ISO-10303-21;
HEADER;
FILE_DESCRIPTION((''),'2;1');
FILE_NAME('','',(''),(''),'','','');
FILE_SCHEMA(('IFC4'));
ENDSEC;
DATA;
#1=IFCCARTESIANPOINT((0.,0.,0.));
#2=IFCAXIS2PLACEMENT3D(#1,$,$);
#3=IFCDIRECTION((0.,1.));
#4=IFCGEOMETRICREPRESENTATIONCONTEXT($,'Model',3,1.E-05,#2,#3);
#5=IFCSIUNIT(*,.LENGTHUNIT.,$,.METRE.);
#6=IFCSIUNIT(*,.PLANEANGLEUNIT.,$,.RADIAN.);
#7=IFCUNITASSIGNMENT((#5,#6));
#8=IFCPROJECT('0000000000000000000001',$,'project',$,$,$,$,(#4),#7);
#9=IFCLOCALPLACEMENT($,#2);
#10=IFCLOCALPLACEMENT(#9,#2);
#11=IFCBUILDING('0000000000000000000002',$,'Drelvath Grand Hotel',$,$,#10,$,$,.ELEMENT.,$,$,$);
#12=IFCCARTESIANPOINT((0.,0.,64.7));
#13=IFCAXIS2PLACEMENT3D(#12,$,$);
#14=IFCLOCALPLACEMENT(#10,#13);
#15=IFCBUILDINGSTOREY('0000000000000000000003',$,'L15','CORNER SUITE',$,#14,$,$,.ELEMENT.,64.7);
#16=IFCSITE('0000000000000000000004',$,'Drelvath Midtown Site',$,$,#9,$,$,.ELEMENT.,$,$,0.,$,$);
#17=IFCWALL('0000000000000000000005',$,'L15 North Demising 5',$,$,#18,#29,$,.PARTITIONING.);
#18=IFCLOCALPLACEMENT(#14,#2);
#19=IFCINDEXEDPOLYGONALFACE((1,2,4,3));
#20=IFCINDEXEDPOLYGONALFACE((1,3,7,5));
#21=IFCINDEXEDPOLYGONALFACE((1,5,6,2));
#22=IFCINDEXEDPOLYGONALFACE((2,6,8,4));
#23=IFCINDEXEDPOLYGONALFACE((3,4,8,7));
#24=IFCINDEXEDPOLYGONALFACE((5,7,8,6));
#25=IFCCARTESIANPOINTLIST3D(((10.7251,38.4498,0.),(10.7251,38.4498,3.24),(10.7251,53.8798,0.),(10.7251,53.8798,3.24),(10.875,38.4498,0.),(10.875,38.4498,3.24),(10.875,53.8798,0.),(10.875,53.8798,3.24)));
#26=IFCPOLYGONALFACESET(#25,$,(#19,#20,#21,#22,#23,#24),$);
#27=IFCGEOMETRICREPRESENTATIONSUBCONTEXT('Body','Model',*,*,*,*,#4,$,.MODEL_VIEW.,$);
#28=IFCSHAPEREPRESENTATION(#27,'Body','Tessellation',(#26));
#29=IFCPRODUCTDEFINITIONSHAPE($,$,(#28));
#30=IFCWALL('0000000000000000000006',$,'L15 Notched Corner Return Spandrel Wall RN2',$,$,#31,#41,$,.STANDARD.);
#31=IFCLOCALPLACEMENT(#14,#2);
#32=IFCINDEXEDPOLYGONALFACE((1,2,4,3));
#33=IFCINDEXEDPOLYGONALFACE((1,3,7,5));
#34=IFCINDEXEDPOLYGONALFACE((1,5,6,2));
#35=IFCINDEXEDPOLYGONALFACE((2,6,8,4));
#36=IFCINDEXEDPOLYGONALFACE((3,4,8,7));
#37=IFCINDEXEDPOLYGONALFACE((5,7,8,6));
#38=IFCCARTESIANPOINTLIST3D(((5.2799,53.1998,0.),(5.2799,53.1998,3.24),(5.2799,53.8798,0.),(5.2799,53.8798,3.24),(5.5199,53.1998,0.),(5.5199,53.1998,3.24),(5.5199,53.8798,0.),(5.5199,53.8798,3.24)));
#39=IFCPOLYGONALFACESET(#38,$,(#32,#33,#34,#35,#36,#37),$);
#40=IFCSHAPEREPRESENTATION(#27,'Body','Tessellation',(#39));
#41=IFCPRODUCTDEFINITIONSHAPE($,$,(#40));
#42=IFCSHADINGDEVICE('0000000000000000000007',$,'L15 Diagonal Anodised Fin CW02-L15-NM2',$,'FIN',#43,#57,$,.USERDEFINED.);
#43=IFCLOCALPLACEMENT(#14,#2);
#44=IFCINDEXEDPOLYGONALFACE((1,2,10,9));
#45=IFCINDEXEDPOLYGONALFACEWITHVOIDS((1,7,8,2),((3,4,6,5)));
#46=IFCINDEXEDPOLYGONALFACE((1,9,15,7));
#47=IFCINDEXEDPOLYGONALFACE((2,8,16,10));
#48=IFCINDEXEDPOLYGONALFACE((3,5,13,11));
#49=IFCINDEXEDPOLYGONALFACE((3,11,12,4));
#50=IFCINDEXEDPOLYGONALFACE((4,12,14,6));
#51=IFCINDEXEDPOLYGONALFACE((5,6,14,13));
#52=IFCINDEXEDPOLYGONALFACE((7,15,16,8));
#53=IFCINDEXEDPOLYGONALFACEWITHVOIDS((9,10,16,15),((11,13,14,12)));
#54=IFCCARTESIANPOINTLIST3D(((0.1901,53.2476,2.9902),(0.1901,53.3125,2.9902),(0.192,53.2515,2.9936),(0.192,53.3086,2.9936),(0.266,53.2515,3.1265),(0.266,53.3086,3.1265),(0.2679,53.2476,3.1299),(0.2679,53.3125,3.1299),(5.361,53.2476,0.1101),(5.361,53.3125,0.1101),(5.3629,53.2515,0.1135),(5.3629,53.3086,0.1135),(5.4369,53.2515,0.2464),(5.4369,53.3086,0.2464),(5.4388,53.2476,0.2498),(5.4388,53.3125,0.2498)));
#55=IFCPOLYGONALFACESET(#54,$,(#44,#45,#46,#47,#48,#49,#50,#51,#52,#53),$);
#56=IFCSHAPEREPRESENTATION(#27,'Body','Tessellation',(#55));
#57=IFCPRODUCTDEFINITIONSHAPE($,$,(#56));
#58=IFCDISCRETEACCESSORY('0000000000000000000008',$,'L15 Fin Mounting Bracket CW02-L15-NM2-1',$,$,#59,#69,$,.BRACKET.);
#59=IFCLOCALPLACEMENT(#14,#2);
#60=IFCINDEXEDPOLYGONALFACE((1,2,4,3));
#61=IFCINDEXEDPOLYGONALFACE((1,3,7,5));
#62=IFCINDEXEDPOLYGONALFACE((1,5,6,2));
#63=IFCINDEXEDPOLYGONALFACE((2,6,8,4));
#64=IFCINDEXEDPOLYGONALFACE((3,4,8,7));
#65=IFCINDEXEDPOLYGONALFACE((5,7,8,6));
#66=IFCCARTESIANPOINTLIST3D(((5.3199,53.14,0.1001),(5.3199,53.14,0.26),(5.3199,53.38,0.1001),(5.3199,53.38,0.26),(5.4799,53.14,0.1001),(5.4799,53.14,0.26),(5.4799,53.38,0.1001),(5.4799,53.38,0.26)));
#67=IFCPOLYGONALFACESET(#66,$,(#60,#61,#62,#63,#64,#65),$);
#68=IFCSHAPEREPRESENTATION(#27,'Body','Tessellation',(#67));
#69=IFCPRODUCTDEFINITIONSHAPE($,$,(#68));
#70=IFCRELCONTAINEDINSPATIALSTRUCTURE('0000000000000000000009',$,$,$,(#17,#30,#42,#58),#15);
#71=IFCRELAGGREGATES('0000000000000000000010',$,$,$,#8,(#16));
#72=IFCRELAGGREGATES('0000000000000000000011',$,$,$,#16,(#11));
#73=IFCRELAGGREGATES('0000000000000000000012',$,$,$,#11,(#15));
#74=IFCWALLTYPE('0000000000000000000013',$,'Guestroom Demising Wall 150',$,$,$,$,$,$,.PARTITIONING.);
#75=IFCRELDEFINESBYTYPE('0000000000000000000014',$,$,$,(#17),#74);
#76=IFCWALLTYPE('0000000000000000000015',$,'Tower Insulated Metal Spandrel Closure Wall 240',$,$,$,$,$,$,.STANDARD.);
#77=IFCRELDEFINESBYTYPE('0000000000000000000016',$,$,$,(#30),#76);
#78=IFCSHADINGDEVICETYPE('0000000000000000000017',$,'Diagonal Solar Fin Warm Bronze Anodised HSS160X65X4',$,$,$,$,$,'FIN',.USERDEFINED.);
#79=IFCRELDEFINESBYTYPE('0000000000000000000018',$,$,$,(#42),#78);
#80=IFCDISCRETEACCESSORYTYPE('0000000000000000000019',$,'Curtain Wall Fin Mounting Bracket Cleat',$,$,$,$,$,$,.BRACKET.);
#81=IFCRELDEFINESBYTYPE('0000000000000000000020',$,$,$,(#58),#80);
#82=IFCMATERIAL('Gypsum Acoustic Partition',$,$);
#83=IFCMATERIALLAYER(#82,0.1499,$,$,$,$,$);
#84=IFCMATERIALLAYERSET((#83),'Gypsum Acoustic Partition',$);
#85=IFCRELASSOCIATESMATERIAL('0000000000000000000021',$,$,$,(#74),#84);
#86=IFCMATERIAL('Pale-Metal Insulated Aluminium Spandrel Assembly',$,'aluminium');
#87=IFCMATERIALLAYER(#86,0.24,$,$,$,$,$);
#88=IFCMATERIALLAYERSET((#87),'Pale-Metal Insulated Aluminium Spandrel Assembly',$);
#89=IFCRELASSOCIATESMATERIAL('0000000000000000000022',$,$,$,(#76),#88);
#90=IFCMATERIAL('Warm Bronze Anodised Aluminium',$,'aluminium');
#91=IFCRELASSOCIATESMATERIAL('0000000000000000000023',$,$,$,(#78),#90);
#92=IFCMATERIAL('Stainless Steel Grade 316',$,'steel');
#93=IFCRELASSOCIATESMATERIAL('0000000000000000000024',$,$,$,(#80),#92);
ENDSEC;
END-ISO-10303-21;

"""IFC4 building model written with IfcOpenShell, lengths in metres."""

from ifc_helpers import new_model, si_unit, direction, frame, frame_2d, origin, origin_2d, place, context, subcontext, project, spatial, rectangle, hollow_rectangle, extrude, material, layer, layer_set, material_profile, profile_set, type_object, element, save


model = new_model("IFC4")

# Units and contexts
model_context = context("Model", 3, precision=1e-05, world=origin(), true_north=direction((0.0, 1.0)))
body_context = subcontext(model_context, "Body", "Model", "MODEL_VIEW")
ifc_project = project(units=[si_unit("LENGTHUNIT", "METRE"), si_unit("PLANEANGLEUNIT", "RADIAN")], contexts=[model_context])

# Site, building, storey
site_placement = place(None, origin())
site = spatial("IfcSite", under=ifc_project, at=site_placement, Name="Drelvath Midtown Site", CompositionType="ELEMENT", RefElevation=0.0)
building_placement = place(site_placement, origin())
building = spatial("IfcBuilding", under=site, at=building_placement, Name="Drelvath Grand Hotel", CompositionType="ELEMENT")
storey_placement = place(building_placement, frame((0.0, 0.0, 64.7)))
storey = spatial("IfcBuildingStorey", under=building, at=storey_placement, Name="L15", Description="CORNER SUITE", CompositionType="ELEMENT", Elevation=64.7)

# Walls
ifc_material_1 = material(Name="Gypsum Acoustic Partition")
ifc_layer_1 = layer(ifc_material_1, 0.1499)
ifc_layer_set_1 = layer_set([ifc_layer_1], Name="Gypsum Acoustic Partition")
wall_type_1 = type_object("IfcWallType", Name="Guestroom Demising Wall 150", PredefinedType="PARTITIONING", material=ifc_layer_set_1)
wall_1_placement = place(storey_placement, frame((10.8, 38.45, 0.0), z_axis=(0.0, 0.0, 1.0), x_axis=(0.0, 1.0, 0.0)))
element("IfcWall", 1, at=wall_1_placement, inside=storey, type_object=wall_type_1, Name="L15 North Demising 5", PredefinedType="PARTITIONING", context=body_context, shape_type="SweptSolid", body=[
    extrude(rectangle(XDim=15.4299, YDim=0.1499, at=frame_2d((7.7148, 0.0))), origin(), (0.0, 0.0, 1.0), 3.24),
])
ifc_material_2 = material(Name="Pale-Metal Insulated Aluminium Spandrel Assembly", Category="aluminium")
ifc_layer_2 = layer(ifc_material_2, 0.24)
ifc_layer_set_2 = layer_set([ifc_layer_2], Name="Pale-Metal Insulated Aluminium Spandrel Assembly")
wall_type_2 = type_object("IfcWallType", Name="Tower Insulated Metal Spandrel Closure Wall 240", PredefinedType="STANDARD", material=ifc_layer_set_2)
wall_2_placement = place(storey_placement, frame((5.3999, 53.2, 0.0), z_axis=(0.0, 0.0, 1.0), x_axis=(0.0, 1.0, 0.0)))
element("IfcWall", 2, at=wall_2_placement, inside=storey, type_object=wall_type_2, Name="L15 Notched Corner Return Spandrel Wall RN2", PredefinedType="STANDARD", context=body_context, shape_type="SweptSolid", body=[
    extrude(rectangle(XDim=0.6799, YDim=0.24, at=frame_2d((0.3398, 0.0))), origin(), (0.0, 0.0, 1.0), 3.24),
])

# Shading device
ifc_material_3 = material(Name="Warm Bronze Anodised Aluminium", Category="aluminium")
ifc_material_profile_1 = material_profile(ifc_material_3, hollow_rectangle(XDim=0.0649, YDim=0.1599, WallThickness=0.0039, at=origin_2d()), Name="HSS160X65X4")
ifc_profile_set_1 = profile_set([ifc_material_profile_1], Name="Warm Bronze Anodised Aluminium")
shading_device_type = type_object("IfcShadingDeviceType", Name="Diagonal Solar Fin Warm Bronze Anodised HSS160X65X4", ElementType="FIN", PredefinedType="USERDEFINED", material=ifc_profile_set_1)
shading_device_placement = place(storey_placement, frame((5.3999, 53.28, 0.1799), z_axis=(-0.873626, 0.0, 0.486599), x_axis=(0.0, -1.0, 0.0)))
element("IfcShadingDevice", 3, at=shading_device_placement, inside=storey, type_object=shading_device_type, Name="L15 Diagonal Anodised Fin CW02-L15-NM2", ObjectType="FIN", PredefinedType="USERDEFINED", context=body_context, shape_type="SweptSolid", body=[
    extrude(hollow_rectangle(XDim=0.0649, YDim=0.1599, WallThickness=0.0039, at=origin_2d()), origin(), (0.0, 0.0, 1.0), 5.9189),
])

# Discrete accessory
ifc_material_4 = material(Name="Stainless Steel Grade 316", Category="steel")
discrete_accessory_type = type_object("IfcDiscreteAccessoryType", Name="Curtain Wall Fin Mounting Bracket Cleat", PredefinedType="BRACKET", material=ifc_material_4)
discrete_accessory_placement = place(storey_placement, frame((5.3999, 53.26, 0.1001), z_axis=(0.0, 0.0, 1.0), x_axis=(1.0, 0.0, 0.0)))
element("IfcDiscreteAccessory", 4, at=discrete_accessory_placement, inside=storey, type_object=discrete_accessory_type, Name="L15 Fin Mounting Bracket CW02-L15-NM2-1", PredefinedType="BRACKET", context=body_context, shape_type="SweptSolid", body=[
    extrude(rectangle(XDim=0.1599, YDim=0.24, at=origin_2d()), origin(), (0.0, 0.0, 1.0), 0.1599),
])

save(model, "model.ifc")
